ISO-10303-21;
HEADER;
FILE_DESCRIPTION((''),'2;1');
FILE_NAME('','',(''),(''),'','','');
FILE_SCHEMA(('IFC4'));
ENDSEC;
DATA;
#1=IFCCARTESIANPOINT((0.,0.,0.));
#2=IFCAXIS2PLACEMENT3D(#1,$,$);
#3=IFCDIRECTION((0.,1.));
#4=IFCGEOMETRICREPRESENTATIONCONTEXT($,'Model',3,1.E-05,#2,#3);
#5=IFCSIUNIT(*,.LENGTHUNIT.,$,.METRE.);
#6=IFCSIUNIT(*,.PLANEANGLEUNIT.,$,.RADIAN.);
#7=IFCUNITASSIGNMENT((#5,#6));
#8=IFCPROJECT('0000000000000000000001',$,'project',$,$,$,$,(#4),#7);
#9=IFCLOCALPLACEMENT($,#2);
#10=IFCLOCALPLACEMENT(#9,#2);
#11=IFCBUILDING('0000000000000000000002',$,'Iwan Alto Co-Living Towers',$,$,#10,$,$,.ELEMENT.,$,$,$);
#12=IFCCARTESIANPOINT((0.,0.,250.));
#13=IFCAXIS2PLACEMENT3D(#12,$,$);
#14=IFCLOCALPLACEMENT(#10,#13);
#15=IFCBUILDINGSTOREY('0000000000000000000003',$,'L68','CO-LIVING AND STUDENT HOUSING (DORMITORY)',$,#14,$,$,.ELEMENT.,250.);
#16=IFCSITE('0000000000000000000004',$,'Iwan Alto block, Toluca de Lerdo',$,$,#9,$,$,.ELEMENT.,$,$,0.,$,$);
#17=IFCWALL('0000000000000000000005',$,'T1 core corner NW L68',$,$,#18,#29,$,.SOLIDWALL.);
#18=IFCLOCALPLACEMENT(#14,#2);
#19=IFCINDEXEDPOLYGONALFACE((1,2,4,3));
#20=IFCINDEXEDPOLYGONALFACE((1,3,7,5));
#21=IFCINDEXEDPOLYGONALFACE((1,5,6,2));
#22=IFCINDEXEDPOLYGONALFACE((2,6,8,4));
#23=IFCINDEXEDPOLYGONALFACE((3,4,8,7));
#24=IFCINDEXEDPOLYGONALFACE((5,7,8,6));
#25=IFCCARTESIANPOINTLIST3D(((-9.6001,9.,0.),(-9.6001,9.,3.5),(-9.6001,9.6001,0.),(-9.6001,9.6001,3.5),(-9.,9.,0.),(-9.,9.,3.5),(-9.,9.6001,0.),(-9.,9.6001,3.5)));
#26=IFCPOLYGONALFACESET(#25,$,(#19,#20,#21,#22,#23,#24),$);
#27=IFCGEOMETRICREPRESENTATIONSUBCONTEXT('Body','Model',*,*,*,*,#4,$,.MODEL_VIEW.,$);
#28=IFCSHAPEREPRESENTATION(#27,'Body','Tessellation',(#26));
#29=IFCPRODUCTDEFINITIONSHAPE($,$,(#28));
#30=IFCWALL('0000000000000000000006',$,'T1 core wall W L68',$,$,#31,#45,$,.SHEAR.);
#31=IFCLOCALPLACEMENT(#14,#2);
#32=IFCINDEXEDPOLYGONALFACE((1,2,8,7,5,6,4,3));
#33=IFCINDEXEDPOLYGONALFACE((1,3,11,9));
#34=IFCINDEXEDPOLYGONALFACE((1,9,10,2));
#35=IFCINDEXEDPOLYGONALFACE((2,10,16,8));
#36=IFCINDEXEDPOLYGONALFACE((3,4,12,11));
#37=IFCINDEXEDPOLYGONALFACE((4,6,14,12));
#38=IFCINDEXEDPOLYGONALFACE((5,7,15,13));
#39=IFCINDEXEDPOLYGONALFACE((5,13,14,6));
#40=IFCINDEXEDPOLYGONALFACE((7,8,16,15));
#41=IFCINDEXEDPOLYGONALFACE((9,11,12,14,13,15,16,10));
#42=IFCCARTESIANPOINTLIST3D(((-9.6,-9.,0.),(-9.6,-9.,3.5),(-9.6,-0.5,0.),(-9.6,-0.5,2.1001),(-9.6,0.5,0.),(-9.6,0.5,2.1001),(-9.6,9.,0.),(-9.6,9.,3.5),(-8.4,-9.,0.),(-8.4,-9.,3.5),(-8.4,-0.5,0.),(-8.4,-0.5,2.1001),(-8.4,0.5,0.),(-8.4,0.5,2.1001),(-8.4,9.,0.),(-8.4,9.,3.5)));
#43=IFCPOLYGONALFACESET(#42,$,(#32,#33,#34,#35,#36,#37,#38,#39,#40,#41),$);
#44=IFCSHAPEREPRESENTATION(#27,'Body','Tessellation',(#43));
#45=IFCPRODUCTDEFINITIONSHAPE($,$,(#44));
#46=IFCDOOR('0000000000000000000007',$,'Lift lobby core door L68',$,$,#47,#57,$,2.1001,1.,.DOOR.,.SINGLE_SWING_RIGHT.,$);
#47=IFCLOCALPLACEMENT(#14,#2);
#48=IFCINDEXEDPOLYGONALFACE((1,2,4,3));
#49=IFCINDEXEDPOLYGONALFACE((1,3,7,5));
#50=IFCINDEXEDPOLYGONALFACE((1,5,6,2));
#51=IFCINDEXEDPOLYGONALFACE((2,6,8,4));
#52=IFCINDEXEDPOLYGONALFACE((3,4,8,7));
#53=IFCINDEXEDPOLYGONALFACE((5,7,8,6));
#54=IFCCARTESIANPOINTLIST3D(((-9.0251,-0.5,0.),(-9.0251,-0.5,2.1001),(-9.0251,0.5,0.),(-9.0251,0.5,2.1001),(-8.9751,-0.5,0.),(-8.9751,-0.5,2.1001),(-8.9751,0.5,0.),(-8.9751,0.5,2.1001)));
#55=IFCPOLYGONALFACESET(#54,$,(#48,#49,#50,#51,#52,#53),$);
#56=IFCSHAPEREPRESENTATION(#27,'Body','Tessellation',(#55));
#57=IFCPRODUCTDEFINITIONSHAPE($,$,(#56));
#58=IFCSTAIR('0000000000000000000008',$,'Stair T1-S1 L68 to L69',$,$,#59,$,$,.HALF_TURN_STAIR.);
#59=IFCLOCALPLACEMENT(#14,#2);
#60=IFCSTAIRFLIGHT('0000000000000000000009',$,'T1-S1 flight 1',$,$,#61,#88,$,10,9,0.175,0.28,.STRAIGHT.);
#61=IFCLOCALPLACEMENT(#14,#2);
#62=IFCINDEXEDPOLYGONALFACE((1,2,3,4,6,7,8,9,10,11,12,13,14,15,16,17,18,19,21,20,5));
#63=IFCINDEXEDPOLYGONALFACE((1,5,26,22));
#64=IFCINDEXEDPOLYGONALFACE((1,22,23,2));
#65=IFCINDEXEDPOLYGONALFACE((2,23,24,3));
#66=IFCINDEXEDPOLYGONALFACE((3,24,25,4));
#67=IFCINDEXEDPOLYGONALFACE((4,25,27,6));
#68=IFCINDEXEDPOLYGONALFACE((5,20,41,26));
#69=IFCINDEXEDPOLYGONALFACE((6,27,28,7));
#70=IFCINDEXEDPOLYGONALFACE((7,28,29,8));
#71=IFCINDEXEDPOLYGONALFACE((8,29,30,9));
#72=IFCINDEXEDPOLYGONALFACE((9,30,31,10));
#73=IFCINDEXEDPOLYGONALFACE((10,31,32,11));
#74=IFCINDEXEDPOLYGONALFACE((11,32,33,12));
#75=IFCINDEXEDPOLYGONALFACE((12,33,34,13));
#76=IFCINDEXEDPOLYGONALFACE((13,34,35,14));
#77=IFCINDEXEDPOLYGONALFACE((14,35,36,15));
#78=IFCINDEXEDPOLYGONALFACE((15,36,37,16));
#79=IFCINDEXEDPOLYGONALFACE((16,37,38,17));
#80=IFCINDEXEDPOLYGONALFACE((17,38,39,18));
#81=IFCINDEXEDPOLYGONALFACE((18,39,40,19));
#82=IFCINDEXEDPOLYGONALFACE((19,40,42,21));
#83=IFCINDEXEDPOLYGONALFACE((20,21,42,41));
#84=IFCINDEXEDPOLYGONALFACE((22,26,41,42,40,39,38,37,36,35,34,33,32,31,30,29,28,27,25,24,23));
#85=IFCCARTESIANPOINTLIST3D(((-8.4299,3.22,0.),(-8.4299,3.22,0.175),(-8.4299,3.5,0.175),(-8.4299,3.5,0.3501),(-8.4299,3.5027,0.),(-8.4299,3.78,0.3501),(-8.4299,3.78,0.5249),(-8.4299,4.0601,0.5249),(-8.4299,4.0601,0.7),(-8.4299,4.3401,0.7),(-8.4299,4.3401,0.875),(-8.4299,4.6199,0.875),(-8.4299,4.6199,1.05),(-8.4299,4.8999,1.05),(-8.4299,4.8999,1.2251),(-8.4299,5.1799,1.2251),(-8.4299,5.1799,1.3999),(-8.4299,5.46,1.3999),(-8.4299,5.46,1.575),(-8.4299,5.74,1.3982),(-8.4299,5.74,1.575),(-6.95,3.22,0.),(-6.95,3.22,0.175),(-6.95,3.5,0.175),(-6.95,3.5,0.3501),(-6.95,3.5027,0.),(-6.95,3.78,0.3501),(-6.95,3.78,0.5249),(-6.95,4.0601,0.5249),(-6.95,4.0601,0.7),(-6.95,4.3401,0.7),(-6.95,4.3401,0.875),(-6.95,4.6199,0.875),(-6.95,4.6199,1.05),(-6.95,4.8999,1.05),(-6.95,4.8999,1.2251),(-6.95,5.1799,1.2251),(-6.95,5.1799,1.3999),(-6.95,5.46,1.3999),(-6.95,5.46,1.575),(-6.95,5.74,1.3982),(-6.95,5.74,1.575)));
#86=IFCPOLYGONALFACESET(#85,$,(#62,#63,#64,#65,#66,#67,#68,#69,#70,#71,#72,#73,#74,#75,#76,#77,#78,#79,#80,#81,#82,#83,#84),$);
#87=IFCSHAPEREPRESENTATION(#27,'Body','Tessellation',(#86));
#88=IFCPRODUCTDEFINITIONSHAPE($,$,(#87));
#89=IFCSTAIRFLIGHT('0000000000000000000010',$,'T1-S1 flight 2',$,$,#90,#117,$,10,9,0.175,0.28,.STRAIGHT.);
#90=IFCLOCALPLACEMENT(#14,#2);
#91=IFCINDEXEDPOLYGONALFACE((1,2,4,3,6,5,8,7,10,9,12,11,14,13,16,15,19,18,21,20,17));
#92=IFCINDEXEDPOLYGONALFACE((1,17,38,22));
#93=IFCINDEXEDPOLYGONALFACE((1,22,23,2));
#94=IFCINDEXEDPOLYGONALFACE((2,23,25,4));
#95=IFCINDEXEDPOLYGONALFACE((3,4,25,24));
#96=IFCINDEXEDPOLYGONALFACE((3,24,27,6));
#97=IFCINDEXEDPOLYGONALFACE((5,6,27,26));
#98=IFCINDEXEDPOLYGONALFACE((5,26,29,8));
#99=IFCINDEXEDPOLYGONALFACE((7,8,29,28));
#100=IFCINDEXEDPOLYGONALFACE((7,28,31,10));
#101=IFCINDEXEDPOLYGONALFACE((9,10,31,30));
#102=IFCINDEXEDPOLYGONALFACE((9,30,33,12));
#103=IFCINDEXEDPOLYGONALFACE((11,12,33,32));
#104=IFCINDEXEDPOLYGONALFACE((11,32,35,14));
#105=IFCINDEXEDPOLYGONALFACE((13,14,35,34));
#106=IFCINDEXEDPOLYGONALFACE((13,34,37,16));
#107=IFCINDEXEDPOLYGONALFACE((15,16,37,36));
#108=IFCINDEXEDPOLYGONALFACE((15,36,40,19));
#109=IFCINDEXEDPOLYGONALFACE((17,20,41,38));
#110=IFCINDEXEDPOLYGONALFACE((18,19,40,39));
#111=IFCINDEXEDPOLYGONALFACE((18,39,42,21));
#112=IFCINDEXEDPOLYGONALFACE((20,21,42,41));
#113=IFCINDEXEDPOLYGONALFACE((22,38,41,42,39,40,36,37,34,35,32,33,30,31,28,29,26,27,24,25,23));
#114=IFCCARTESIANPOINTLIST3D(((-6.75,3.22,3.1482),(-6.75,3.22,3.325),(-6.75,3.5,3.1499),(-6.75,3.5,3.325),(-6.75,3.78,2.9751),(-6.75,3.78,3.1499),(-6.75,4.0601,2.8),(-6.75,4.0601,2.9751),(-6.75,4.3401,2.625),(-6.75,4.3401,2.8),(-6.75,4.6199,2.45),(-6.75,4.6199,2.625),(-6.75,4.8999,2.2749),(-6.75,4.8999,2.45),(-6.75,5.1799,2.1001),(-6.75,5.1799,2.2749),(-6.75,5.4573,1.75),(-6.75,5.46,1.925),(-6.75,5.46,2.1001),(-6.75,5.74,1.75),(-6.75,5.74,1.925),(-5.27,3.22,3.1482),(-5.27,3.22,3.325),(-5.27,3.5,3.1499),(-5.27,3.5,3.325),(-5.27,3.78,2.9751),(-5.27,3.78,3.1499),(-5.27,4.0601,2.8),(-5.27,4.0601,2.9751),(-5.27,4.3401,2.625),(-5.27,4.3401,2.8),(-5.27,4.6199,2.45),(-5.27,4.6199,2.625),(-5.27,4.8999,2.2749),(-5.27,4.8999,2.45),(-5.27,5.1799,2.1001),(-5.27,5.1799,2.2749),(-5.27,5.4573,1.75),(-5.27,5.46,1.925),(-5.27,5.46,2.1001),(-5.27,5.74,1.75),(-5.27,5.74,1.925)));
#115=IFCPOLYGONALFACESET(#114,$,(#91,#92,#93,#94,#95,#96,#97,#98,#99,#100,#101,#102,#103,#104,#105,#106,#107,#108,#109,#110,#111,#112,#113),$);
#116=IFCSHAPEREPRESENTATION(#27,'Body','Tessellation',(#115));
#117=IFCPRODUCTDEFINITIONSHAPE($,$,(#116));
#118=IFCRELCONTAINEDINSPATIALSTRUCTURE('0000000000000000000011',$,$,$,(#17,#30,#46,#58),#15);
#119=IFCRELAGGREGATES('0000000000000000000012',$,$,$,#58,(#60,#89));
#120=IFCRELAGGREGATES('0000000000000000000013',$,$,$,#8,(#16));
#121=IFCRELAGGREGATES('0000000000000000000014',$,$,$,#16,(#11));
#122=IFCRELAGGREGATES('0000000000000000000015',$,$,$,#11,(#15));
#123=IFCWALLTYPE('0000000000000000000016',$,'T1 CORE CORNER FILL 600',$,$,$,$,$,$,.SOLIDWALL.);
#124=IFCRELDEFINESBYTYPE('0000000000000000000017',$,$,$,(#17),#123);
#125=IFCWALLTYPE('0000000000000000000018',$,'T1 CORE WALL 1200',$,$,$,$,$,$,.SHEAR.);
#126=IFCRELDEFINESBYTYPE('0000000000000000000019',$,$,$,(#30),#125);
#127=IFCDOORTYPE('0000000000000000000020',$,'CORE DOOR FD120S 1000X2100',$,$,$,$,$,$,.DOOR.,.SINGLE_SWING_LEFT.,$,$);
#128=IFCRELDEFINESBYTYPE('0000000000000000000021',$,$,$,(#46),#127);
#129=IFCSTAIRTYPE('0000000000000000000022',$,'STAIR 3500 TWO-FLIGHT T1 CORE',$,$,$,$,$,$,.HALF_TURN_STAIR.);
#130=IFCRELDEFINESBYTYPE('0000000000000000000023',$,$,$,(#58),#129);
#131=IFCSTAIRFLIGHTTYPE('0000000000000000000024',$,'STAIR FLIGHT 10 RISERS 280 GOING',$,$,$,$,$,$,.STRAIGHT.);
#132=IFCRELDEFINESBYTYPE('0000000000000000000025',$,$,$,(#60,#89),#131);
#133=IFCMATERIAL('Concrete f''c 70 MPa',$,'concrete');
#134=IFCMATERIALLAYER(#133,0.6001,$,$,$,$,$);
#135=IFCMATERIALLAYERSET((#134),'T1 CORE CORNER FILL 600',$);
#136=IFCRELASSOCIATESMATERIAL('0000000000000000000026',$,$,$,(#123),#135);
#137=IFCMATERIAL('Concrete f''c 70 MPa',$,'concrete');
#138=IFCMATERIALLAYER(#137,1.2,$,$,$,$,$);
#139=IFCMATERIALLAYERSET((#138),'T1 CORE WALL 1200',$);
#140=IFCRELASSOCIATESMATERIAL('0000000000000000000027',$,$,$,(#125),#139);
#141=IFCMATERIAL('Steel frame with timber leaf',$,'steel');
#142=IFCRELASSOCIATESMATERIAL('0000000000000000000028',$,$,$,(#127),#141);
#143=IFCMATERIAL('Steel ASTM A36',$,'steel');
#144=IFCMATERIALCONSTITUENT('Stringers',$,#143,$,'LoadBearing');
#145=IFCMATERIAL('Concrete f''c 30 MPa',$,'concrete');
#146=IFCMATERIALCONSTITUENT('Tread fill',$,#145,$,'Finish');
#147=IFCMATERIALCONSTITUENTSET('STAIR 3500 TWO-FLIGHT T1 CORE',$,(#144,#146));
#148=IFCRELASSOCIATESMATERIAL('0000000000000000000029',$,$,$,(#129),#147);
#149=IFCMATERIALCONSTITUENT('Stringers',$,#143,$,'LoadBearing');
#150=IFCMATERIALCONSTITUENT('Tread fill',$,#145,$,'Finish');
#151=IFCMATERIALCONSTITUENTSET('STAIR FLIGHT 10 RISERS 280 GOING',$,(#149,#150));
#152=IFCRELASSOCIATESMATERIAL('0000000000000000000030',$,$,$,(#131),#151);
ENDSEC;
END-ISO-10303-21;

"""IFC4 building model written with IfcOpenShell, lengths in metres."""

from ifc_helpers import new_model, si_unit, direction, frame, frame_2d, origin, place, context, subcontext, project, spatial, polyline, rectangle, outline, extrude, material, layer, layer_set, constituent, constituent_set, type_object, element, fill, aggregate, save


model = new_model("IFC4")

# Units and contexts
model_context = context("Model", 3, precision=1e-05, world=origin(), true_north=direction((0.0, 1.0)))
body_context = subcontext(model_context, "Body", "Model", "MODEL_VIEW")
ifc_project = project(units=[si_unit("LENGTHUNIT", "METRE"), si_unit("PLANEANGLEUNIT", "RADIAN")], contexts=[model_context])

# Site, building, storey
site_placement = place(None, origin())
site = spatial("IfcSite", under=ifc_project, at=site_placement, Name="Iwan Alto block, Toluca de Lerdo", CompositionType="ELEMENT", RefElevation=0.0)
building_placement = place(site_placement, origin())
building = spatial("IfcBuilding", under=site, at=building_placement, Name="Iwan Alto Co-Living Towers", CompositionType="ELEMENT")
storey_placement = place(building_placement, frame((0.0, 0.0, 250.0)))
storey = spatial("IfcBuildingStorey", under=building, at=storey_placement, Name="L68", Description="CO-LIVING AND STUDENT HOUSING (DORMITORY)", CompositionType="ELEMENT", Elevation=250.0)

# Wall
ifc_material_1 = material(Name="Concrete f'c 70 MPa", Category="concrete")
ifc_layer_1 = layer(ifc_material_1, 0.6001)
ifc_layer_set_1 = layer_set([ifc_layer_1], Name="T1 CORE CORNER FILL 600")
wall_type_1 = type_object("IfcWallType", Name="T1 CORE CORNER FILL 600", PredefinedType="SOLIDWALL", material=ifc_layer_set_1)
wall_1_placement = place(storey_placement, frame((-9.6001, 9.3, 0.0), z_axis=(0.0, 0.0, 1.0), x_axis=(1.0, 0.0, 0.0)))
element("IfcWall", 1, at=wall_1_placement, inside=storey, type_object=wall_type_1, Name="T1 core corner NW L68", PredefinedType="SOLIDWALL", context=body_context, shape_type="SweptSolid", body=[
    extrude(rectangle(XDim=0.6001, YDim=0.6001, at=frame_2d((0.3, 0.0))), origin(), (0.0, 0.0, 1.0), 3.5),
])

# Wall, opening, door
ifc_material_2 = material(Name="Concrete f'c 70 MPa", Category="concrete")
ifc_layer_2 = layer(ifc_material_2, 1.2)
ifc_layer_set_2 = layer_set([ifc_layer_2], Name="T1 CORE WALL 1200")
wall_type_2 = type_object("IfcWallType", Name="T1 CORE WALL 1200", PredefinedType="SHEAR", material=ifc_layer_set_2)
wall_2_placement = place(storey_placement, frame((-9.0, 9.0, 0.0), z_axis=(0.0, 0.0, 1.0), x_axis=(0.0, -1.0, 0.0)))
wall_2 = element("IfcWall", 2, at=wall_2_placement, inside=storey, type_object=wall_type_2, Name="T1 core wall W L68", PredefinedType="SHEAR", context=body_context, shape_type="SweptSolid", body=[
    extrude(rectangle(XDim=18.0, YDim=1.2, at=frame_2d((9.0, 0.0))), origin(), (0.0, 0.0, 1.0), 3.5),
])
opening_1_placement = place(wall_2_placement, frame((8.5, 0.0, 0.0)))
opening_1 = element("IfcOpeningElement", 3, at=opening_1_placement, cuts=wall_2, PredefinedType="OPENING", context=body_context, shape_type="SweptSolid", body=[
    extrude(rectangle(XDim=1.0, YDim=2.1001, at=frame_2d((0.5, 1.05))), frame((0.0, 0.6099, 0.0), z_axis=(0.0, -1.0, 0.0), x_axis=(1.0, 0.0, 0.0)), (0.0, 0.0, 1.0), 1.22),
])
ifc_material_3 = material(Name="Steel frame with timber leaf", Category="steel")
door_type_1 = type_object("IfcDoorType", Name="CORE DOOR FD120S 1000X2100", OperationType="SINGLE_SWING_LEFT", PredefinedType="DOOR", material=ifc_material_3)
door_1_placement = place(opening_1_placement, origin())
door_1 = element("IfcDoor", 4, at=door_1_placement, inside=storey, type_object=door_type_1, Name="Lift lobby core door L68", OperationType="SINGLE_SWING_RIGHT", OverallHeight=2.1001, OverallWidth=1.0, PredefinedType="DOOR", context=body_context, shape_type="SweptSolid", body=[
    extrude(rectangle(XDim=1.0, YDim=2.1001, at=frame_2d((0.5, 1.05))), frame((0.0, 0.0249, 0.0), z_axis=(0.0, -1.0, 0.0), x_axis=(1.0, 0.0, 0.0)), (0.0, 0.0, 1.0), 0.05),
])
fill(opening_1, door_1)

# Stair, stair flights
ifc_material_4 = material(Name="Steel ASTM A36", Category="steel")
ifc_constituent_1 = constituent(ifc_material_4, Name="Stringers", Category="LoadBearing")
ifc_material_5 = material(Name="Concrete f'c 30 MPa", Category="concrete")
ifc_constituent_2 = constituent(ifc_material_5, Name="Tread fill", Category="Finish")
ifc_constituent_set_1 = constituent_set(constituents=[ifc_constituent_1, ifc_constituent_2], Name="STAIR 3500 TWO-FLIGHT T1 CORE")
stair_type = type_object("IfcStairType", Name="STAIR 3500 TWO-FLIGHT T1 CORE", PredefinedType="HALF_TURN_STAIR", material=ifc_constituent_set_1)
stair_placement = place(storey_placement, origin())
stair = element("IfcStair", 5, at=stair_placement, inside=storey, type_object=stair_type, Name="Stair T1-S1 L68 to L69", PredefinedType="HALF_TURN_STAIR")
ifc_constituent_3 = constituent(ifc_material_4, Name="Stringers", Category="LoadBearing")
ifc_constituent_4 = constituent(ifc_material_5, Name="Tread fill", Category="Finish")
ifc_constituent_set_2 = constituent_set(constituents=[ifc_constituent_3, ifc_constituent_4], Name="STAIR FLIGHT 10 RISERS 280 GOING")
stair_flight_type = type_object("IfcStairFlightType", Name="STAIR FLIGHT 10 RISERS 280 GOING", PredefinedType="STRAIGHT", material=ifc_constituent_set_2)
stair_flight_1_placement = place(storey_placement, frame((-7.6899, 3.22, 0.0), z_axis=(0.0, 0.0, 1.0), x_axis=(0.0, 1.0, 0.0)))
stair_flight_1 = element("IfcStairFlight", 6, at=stair_flight_1_placement, type_object=stair_flight_type, Name="T1-S1 flight 1", NumberOfRisers=10, NumberOfTreads=9, PredefinedType="STRAIGHT", RiserHeight=0.175, TreadLength=0.28, context=body_context, shape_type="SweptSolid", body=[
    extrude(outline(polyline([(0.0, 0.0), (0.0, 0.175), (0.28, 0.175), (0.28, 0.3501), (0.5601, 0.3501), (0.5601, 0.5249), (0.8401, 0.5249), (0.8401, 0.7), (1.1201, 0.7), (1.1201, 0.875), (1.3999, 0.875), (1.3999, 1.05), (1.6799, 1.05), (1.6799, 1.2251), (1.96, 1.2251), (1.96, 1.3999), (2.24, 1.3999), (2.24, 1.575), (2.52, 1.575), (2.52, 1.75), (2.52, 1.3982), (0.2827, 0.0), (0.0, 0.0)])), frame((0.0, 0.74, 0.0), z_axis=(0.0, -1.0, 0.0), x_axis=(1.0, 0.0, 0.0)), (0.0, 0.0, 1.0), 1.48),
])
stair_flight_2_placement = place(storey_placement, frame((-6.01, 5.74, 1.75), z_axis=(0.0, 0.0, 1.0), x_axis=(0.0, -1.0, 0.0)))
stair_flight_2 = element("IfcStairFlight", 7, at=stair_flight_2_placement, type_object=stair_flight_type, Name="T1-S1 flight 2", NumberOfRisers=10, NumberOfTreads=9, PredefinedType="STRAIGHT", RiserHeight=0.175, TreadLength=0.28, context=body_context, shape_type="SweptSolid", body=[
    extrude(outline(polyline([(0.0, 0.0), (0.0, 0.175), (0.28, 0.175), (0.28, 0.3501), (0.5601, 0.3501), (0.5601, 0.5249), (0.8401, 0.5249), (0.8401, 0.7), (1.1201, 0.7), (1.1201, 0.875), (1.3999, 0.875), (1.3999, 1.05), (1.6799, 1.05), (1.6799, 1.2251), (1.96, 1.2251), (1.96, 1.3999), (2.24, 1.3999), (2.24, 1.575), (2.52, 1.575), (2.52, 1.75), (2.52, 1.3982), (0.2827, 0.0), (0.0, 0.0)])), frame((0.0, 0.74, 0.0), z_axis=(0.0, -1.0, 0.0), x_axis=(1.0, 0.0, 0.0)), (0.0, 0.0, 1.0), 1.48),
])
aggregate(stair, [stair_flight_1, stair_flight_2])

save(model, "model.ifc")
